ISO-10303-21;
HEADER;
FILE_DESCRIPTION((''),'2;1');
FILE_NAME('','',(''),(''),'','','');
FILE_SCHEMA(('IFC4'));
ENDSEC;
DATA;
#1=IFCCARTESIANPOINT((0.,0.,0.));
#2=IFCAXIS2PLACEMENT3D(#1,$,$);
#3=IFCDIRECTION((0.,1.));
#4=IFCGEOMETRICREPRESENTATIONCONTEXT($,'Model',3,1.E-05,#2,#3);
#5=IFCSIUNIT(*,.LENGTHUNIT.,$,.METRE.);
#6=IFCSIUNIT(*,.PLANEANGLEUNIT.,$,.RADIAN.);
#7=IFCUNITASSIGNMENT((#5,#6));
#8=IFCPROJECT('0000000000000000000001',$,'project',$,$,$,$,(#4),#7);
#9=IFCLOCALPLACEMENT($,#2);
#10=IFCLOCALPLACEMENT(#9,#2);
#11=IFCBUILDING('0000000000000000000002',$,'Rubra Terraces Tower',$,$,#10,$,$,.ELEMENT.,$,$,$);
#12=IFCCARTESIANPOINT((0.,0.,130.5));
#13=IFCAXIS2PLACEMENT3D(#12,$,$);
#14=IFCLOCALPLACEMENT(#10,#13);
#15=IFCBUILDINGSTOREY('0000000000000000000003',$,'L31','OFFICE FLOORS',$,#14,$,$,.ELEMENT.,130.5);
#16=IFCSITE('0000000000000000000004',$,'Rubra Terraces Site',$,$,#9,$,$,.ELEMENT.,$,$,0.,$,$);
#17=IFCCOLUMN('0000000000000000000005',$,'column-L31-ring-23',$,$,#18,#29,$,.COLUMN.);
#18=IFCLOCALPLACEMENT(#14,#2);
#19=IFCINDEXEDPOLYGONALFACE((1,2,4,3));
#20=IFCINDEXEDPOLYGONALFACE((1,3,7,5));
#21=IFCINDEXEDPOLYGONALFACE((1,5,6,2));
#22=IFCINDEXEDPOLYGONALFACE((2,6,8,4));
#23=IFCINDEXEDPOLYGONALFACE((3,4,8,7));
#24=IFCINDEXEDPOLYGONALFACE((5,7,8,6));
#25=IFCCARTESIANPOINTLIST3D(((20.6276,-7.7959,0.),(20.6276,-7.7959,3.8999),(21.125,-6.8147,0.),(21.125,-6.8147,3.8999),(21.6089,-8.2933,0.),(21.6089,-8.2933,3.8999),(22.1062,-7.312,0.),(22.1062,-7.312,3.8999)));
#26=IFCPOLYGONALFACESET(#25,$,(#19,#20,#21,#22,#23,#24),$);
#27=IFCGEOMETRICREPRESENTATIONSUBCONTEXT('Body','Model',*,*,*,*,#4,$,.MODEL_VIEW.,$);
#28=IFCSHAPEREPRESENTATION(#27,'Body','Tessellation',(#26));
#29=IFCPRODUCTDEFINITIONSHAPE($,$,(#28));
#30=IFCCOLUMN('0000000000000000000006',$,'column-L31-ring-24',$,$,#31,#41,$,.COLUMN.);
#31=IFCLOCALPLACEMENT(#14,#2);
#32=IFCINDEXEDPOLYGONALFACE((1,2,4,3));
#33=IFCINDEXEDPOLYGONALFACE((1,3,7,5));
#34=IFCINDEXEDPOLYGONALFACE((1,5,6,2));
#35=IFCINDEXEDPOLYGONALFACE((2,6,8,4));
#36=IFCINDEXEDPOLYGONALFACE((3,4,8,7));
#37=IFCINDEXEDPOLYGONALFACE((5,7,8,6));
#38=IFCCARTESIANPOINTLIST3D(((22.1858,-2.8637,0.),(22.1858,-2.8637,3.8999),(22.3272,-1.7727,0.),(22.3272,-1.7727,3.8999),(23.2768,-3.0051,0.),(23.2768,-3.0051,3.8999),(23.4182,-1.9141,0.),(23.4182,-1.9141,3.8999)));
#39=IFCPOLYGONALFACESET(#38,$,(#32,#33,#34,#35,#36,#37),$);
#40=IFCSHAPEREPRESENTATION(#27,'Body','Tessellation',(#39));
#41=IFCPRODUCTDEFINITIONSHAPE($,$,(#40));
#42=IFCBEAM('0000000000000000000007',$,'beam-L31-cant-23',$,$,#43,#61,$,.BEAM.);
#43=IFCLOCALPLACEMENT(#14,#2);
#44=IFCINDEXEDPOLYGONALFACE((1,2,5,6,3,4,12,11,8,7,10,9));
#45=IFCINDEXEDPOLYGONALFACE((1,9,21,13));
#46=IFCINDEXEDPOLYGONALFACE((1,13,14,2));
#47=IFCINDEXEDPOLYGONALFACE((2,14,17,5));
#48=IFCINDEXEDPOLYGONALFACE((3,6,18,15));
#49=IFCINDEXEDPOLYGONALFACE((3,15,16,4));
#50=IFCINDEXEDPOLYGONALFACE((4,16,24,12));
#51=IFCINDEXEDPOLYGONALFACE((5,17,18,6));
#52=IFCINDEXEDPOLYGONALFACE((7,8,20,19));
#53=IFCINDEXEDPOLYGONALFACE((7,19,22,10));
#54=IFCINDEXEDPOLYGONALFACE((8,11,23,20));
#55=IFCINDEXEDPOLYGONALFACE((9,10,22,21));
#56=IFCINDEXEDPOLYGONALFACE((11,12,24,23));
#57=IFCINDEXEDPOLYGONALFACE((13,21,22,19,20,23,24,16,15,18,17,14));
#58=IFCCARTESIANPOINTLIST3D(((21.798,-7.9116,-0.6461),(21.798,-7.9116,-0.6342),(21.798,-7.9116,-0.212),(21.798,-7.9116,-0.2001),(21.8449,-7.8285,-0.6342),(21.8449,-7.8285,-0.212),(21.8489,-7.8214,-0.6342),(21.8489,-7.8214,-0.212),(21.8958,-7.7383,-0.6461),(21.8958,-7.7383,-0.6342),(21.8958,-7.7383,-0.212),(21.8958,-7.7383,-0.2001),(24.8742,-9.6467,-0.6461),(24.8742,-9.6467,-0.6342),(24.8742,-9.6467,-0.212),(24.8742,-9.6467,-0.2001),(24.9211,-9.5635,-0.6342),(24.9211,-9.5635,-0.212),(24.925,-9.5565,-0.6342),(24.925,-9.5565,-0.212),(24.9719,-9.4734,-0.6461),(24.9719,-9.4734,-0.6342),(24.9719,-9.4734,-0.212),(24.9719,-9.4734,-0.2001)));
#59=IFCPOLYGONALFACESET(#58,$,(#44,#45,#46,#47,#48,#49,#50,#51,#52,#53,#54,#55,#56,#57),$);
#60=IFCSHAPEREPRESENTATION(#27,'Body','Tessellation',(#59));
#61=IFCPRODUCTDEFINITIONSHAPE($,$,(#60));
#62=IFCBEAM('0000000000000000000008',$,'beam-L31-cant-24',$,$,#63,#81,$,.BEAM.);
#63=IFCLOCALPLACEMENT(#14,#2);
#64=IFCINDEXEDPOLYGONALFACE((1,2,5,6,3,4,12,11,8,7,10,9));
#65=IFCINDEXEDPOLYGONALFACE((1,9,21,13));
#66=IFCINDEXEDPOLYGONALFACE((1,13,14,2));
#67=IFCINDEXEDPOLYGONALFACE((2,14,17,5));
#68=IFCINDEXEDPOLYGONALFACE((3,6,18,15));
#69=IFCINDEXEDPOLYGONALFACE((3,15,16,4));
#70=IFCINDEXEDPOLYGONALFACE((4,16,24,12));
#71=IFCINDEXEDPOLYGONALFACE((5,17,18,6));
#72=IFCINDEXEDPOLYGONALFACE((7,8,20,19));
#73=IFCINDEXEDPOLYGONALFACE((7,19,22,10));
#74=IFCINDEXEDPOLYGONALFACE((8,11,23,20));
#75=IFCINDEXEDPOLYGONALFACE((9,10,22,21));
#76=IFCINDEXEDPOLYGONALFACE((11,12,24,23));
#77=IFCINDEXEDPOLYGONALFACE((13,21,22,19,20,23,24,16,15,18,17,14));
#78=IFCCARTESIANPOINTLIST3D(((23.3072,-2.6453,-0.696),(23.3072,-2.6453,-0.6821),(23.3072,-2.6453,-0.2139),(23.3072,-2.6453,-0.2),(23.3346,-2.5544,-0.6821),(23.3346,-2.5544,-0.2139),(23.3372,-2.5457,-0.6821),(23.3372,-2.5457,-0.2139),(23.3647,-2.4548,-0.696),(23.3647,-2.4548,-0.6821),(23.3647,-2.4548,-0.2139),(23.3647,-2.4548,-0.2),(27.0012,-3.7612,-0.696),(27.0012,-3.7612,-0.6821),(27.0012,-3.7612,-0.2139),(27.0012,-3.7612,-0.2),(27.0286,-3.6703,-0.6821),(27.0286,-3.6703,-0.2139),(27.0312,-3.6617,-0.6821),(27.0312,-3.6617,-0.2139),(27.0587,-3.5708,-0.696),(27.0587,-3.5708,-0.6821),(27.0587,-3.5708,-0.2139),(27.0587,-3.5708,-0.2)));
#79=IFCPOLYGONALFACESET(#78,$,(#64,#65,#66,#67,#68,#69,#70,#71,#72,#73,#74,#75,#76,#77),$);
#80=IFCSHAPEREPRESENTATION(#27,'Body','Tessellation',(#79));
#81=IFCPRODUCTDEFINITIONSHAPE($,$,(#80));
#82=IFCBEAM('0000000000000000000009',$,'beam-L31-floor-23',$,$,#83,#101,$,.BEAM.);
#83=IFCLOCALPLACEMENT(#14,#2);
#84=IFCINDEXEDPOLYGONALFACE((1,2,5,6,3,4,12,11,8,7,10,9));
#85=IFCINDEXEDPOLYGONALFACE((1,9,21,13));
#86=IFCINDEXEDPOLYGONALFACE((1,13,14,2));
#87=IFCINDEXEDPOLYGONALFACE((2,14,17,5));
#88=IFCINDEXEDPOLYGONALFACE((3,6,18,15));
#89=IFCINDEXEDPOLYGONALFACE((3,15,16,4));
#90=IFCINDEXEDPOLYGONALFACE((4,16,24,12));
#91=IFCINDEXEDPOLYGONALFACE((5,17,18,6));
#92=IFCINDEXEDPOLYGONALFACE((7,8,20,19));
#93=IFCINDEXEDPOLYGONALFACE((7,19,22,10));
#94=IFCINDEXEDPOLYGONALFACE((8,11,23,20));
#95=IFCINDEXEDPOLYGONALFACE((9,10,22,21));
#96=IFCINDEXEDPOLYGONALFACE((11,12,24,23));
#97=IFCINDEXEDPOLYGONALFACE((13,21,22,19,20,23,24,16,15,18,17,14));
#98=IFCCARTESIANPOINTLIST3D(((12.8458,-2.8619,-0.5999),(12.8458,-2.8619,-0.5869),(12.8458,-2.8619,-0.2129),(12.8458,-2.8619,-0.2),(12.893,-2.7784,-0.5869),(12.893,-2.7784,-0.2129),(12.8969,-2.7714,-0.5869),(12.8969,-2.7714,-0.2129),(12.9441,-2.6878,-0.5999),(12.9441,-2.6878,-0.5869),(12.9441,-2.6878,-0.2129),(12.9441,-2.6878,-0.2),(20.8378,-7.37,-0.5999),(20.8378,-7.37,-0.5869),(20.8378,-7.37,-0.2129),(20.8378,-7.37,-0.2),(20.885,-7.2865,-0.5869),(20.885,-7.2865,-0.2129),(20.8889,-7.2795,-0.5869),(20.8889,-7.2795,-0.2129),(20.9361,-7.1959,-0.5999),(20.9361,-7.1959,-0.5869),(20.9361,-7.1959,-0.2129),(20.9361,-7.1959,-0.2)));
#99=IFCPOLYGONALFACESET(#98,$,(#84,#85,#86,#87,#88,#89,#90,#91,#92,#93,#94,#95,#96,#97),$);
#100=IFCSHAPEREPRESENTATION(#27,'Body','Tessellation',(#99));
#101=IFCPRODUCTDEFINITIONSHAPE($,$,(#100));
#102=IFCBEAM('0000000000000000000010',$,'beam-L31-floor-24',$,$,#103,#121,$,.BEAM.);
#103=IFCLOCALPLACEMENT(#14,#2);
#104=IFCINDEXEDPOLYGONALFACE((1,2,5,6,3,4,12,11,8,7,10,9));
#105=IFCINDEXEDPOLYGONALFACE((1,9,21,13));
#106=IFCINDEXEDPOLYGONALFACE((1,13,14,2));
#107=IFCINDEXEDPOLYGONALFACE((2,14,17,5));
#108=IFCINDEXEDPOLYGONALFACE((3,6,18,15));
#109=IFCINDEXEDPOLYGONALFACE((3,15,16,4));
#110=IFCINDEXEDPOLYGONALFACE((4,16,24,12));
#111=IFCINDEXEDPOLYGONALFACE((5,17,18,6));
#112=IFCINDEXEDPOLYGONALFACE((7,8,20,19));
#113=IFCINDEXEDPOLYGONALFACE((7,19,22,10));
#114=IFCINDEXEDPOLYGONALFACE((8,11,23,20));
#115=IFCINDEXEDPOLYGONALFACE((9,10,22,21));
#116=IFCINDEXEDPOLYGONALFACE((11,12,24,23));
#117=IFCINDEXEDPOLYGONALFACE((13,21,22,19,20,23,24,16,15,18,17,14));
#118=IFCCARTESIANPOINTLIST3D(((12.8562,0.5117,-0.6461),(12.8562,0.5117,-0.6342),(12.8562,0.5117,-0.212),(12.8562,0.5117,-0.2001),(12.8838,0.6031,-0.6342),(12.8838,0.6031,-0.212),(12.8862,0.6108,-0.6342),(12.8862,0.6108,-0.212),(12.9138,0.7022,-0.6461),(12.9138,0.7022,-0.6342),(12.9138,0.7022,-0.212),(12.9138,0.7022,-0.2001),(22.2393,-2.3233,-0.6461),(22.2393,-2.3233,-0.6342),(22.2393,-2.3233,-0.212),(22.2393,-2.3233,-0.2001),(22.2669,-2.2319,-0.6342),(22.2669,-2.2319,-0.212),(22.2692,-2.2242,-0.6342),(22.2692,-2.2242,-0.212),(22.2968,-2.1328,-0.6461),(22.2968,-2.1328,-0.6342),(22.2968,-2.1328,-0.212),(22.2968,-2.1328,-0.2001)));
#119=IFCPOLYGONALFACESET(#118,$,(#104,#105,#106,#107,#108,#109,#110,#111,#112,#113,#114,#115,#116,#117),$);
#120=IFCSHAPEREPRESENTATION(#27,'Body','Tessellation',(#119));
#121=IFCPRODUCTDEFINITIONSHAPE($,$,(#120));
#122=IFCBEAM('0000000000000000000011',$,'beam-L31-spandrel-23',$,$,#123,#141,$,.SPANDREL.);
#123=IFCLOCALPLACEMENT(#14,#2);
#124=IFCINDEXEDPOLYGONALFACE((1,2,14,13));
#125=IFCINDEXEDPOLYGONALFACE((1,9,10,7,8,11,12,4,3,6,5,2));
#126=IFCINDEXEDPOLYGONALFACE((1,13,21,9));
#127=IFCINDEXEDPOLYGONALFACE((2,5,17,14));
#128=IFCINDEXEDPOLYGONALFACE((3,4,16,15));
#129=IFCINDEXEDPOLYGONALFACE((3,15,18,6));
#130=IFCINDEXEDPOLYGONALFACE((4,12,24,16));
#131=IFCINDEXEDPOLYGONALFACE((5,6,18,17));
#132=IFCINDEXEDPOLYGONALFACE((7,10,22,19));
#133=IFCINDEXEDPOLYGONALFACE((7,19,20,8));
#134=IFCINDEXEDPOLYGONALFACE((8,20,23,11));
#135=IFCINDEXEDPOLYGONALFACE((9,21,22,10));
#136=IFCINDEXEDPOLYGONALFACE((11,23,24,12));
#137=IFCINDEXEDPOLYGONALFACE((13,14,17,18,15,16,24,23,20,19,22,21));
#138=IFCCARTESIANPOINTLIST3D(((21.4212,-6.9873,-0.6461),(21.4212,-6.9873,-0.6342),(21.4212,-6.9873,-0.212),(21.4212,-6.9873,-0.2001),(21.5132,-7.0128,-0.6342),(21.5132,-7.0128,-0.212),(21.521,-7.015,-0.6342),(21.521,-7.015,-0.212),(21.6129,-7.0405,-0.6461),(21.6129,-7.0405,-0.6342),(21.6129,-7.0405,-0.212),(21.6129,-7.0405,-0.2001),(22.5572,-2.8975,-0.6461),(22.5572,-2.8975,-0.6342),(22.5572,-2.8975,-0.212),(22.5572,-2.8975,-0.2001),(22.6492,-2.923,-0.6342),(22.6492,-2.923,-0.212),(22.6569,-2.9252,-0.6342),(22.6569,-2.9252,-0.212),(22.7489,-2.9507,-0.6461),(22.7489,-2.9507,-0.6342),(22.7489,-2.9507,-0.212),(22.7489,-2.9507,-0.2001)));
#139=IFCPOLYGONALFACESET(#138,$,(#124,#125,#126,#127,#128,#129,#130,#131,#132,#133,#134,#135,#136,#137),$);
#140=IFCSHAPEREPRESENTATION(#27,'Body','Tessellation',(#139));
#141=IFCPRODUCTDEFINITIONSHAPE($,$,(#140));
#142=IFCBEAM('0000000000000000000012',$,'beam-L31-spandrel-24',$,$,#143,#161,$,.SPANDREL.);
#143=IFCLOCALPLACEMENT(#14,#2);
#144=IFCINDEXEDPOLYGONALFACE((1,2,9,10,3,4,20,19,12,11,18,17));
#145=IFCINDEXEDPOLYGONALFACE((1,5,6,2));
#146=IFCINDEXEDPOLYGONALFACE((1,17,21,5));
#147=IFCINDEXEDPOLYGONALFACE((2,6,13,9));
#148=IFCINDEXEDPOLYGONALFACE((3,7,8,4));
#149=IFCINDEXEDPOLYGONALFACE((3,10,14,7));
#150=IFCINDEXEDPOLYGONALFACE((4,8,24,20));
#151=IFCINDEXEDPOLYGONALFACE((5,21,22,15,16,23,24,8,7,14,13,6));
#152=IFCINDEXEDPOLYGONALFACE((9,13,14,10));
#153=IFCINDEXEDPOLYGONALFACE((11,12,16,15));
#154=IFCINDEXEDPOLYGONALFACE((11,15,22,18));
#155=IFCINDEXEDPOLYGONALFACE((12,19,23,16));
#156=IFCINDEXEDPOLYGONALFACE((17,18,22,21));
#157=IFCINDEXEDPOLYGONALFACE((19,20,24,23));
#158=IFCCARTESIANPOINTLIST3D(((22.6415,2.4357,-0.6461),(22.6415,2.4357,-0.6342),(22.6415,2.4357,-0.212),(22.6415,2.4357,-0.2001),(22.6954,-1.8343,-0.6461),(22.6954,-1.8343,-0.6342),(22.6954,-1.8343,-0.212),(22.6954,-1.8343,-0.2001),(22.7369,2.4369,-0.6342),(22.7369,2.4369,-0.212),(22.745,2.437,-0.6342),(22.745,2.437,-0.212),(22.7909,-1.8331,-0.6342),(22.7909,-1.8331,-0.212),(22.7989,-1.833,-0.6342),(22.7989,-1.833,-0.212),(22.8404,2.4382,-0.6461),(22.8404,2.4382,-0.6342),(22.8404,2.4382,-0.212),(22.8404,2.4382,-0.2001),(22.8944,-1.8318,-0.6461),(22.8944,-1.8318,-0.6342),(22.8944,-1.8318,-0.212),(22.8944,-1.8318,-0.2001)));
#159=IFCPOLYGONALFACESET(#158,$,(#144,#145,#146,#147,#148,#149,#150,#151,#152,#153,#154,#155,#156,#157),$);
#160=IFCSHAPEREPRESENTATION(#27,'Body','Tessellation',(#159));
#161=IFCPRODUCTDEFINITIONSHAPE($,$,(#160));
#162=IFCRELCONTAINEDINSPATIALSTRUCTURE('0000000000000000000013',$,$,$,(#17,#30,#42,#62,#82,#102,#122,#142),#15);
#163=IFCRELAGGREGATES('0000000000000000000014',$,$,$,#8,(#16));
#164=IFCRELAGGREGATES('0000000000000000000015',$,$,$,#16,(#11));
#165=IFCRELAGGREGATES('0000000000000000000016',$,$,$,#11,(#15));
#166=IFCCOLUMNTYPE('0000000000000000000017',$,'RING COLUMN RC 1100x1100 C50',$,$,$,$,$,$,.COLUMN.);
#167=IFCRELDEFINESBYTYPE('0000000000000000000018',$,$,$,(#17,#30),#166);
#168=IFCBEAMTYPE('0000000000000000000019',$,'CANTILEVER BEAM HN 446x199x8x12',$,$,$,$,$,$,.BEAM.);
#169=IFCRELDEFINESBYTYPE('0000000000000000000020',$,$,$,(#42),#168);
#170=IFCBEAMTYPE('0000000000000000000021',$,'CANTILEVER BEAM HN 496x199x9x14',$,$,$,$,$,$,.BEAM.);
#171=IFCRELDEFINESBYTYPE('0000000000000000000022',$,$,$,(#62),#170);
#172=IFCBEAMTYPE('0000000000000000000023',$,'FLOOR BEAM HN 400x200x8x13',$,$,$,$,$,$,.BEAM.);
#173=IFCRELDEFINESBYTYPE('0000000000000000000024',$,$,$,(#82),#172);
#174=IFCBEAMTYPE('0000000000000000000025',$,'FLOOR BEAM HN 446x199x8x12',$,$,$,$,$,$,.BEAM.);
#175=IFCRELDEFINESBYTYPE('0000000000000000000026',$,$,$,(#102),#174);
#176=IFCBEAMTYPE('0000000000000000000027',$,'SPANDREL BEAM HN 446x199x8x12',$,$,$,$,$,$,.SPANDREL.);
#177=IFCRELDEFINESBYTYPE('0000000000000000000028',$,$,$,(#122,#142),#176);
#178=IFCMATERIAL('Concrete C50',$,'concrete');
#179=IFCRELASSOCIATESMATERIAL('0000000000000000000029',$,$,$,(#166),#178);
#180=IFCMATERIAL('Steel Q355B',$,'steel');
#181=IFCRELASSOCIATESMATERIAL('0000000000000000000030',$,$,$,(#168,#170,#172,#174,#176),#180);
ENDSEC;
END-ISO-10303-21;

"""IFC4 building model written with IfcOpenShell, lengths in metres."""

from ifc_helpers import new_model, si_unit, direction, frame, origin, origin_2d, place, context, subcontext, project, spatial, rectangle, i_section, extrude, material, material_profile, profile_set, type_object, element, save


model = new_model("IFC4")

# Units and contexts
model_context = context("Model", 3, precision=1e-05, world=origin(), true_north=direction((0.0, 1.0)))
body_context = subcontext(model_context, "Body", "Model", "MODEL_VIEW")
ifc_project = project(units=[si_unit("LENGTHUNIT", "METRE"), si_unit("PLANEANGLEUNIT", "RADIAN")], contexts=[model_context])

# Site, building, storey
site_placement = place(None, origin())
site = spatial("IfcSite", under=ifc_project, at=site_placement, Name="Rubra Terraces Site", CompositionType="ELEMENT", RefElevation=0.0)
building_placement = place(site_placement, origin())
building = spatial("IfcBuilding", under=site, at=building_placement, Name="Rubra Terraces Tower", CompositionType="ELEMENT")
storey_placement = place(building_placement, frame((0.0, 0.0, 130.5)))
storey = spatial("IfcBuildingStorey", under=building, at=storey_placement, Name="L31", Description="OFFICE FLOORS", CompositionType="ELEMENT", Elevation=130.5)

# Columns
ifc_material_1 = material(Name="Concrete C50", Category="concrete")
ifc_material_profile_1 = material_profile(ifc_material_1, rectangle(XDim=1.1001, YDim=1.1001, at=origin_2d()), Name="RC 1100x1100")
ifc_profile_set_1 = profile_set([ifc_material_profile_1], Name="Concrete C50")
column_type = type_object("IfcColumnType", Name="RING COLUMN RC 1100x1100 C50", PredefinedType="COLUMN", material=ifc_profile_set_1)
for number, where, z_axis, x_axis, name in (
    (1, (21.3669, -7.554, 0.0), (0.0, 0.0, 1.0), (0.452079, 0.891978, 0.0), "column-L31-ring-23"),
    (2, (22.802, -2.3889, 0.0), (0.0, 0.0, 1.0), (0.128535, 0.991705, 0.0), "column-L31-ring-24"),
):
    element("IfcColumn", number, at=place(storey_placement, frame(where, z_axis=z_axis, x_axis=x_axis)), inside=storey, type_object=column_type, Name=name, PredefinedType="COLUMN", context=body_context, shape_type="SweptSolid", body=[
        extrude(rectangle(XDim=1.1001, YDim=1.1001, at=origin_2d()), origin(), (0.0, 0.0, 1.0), 3.8999),
    ])

# Beams
ifc_material_2 = material(Name="Steel Q355B", Category="steel")
ifc_material_profile_2 = material_profile(ifc_material_2, i_section(OverallWidth=0.199, OverallDepth=0.446, WebThickness=0.0081, FlangeThickness=0.012, at=origin_2d()), Name="HN 446x199x8x12")
ifc_profile_set_2 = profile_set([ifc_material_profile_2], Name="Steel Q355B")
beam_type_1 = type_object("IfcBeamType", Name="CANTILEVER BEAM HN 446x199x8x12", PredefinedType="BEAM", material=ifc_profile_set_2)
beam_1_placement = place(storey_placement, frame((21.8469, -7.825, -0.4231), z_axis=(0.870999, -0.491285, 0.0), x_axis=(0.491285, 0.870999, 0.0)))
element("IfcBeam", 3, at=beam_1_placement, inside=storey, type_object=beam_type_1, Name="beam-L31-cant-23", PredefinedType="BEAM", context=body_context, shape_type="SweptSolid", body=[
    extrude(i_section(OverallWidth=0.199, OverallDepth=0.446, WebThickness=0.0081, FlangeThickness=0.012, at=origin_2d()), origin(), (0.0, 0.0, 1.0), 3.5317),
])
ifc_material_profile_3 = material_profile(ifc_material_2, i_section(OverallWidth=0.199, OverallDepth=0.4961, WebThickness=0.009, FlangeThickness=0.0139, at=origin_2d()), Name="HN 496x199x9x14")
ifc_profile_set_3 = profile_set([ifc_material_profile_3], Name="Steel Q355B")
beam_type_2 = type_object("IfcBeamType", Name="CANTILEVER BEAM HN 496x199x9x14", PredefinedType="BEAM", material=ifc_profile_set_3)
beam_2_placement = place(storey_placement, frame((23.3359, -2.55, -0.448), z_axis=(0.957273, -0.289187, 0.0), x_axis=(0.289187, 0.957273, 0.0)))
element("IfcBeam", 4, at=beam_2_placement, inside=storey, type_object=beam_type_2, Name="beam-L31-cant-24", PredefinedType="BEAM", context=body_context, shape_type="SweptSolid", body=[
    extrude(i_section(OverallWidth=0.199, OverallDepth=0.4961, WebThickness=0.009, FlangeThickness=0.0139, at=origin_2d()), origin(), (0.0, 0.0, 1.0), 3.8589),
])
ifc_material_profile_4 = material_profile(ifc_material_2, i_section(OverallWidth=0.2, OverallDepth=0.3999, WebThickness=0.0081, FlangeThickness=0.0129, at=origin_2d()), Name="HN 400x200x8x13")
ifc_profile_set_4 = profile_set([ifc_material_profile_4], Name="Steel Q355B")
beam_type_3 = type_object("IfcBeamType", Name="FLOOR BEAM HN 400x200x8x13", PredefinedType="BEAM", material=ifc_profile_set_4)
beam_3_placement = place(storey_placement, frame((20.887, -7.283, -0.3999), z_axis=(-0.870989, 0.491303, 0.0), x_axis=(-0.491303, -0.870989, 0.0)))
element("IfcBeam", 5, at=beam_3_placement, inside=storey, type_object=beam_type_3, Name="beam-L31-floor-23", PredefinedType="BEAM", context=body_context, shape_type="SweptSolid", body=[
    extrude(i_section(OverallWidth=0.2, OverallDepth=0.3999, WebThickness=0.0081, FlangeThickness=0.0129, at=origin_2d()), origin(), (0.0, 0.0, 1.0), 9.1758),
])
ifc_material_profile_5 = material_profile(ifc_material_2, i_section(OverallWidth=0.199, OverallDepth=0.446, WebThickness=0.0081, FlangeThickness=0.012, at=origin_2d()), Name="HN 446x199x8x12")
ifc_profile_set_5 = profile_set([ifc_material_profile_5], Name="Steel Q355B")
beam_type_4 = type_object("IfcBeamType", Name="FLOOR BEAM HN 446x199x8x12", PredefinedType="BEAM", material=ifc_profile_set_5)
beam_4_placement = place(storey_placement, frame((22.2681, -2.228, -0.4231), z_axis=(-0.957262, 0.289223, 0.0), x_axis=(-0.289223, -0.957262, 0.0)))
element("IfcBeam", 6, at=beam_4_placement, inside=storey, type_object=beam_type_4, Name="beam-L31-floor-24", PredefinedType="BEAM", context=body_context, shape_type="SweptSolid", body=[
    extrude(i_section(OverallWidth=0.199, OverallDepth=0.446, WebThickness=0.0081, FlangeThickness=0.012, at=origin_2d()), origin(), (0.0, 0.0, 1.0), 9.802),
])
ifc_material_profile_6 = material_profile(ifc_material_2, i_section(OverallWidth=0.199, OverallDepth=0.446, WebThickness=0.0081, FlangeThickness=0.012, at=origin_2d()), Name="HN 446x199x8x12")
ifc_profile_set_6 = profile_set([ifc_material_profile_6], Name="Steel Q355B")
beam_type_5 = type_object("IfcBeamType", Name="SPANDREL BEAM HN 446x199x8x12", PredefinedType="SPANDREL", material=ifc_profile_set_6)
beam_5_placement = place(storey_placement, frame((21.5171, -7.0139, -0.4231), z_axis=(0.267626, 0.963523, 0.0), x_axis=(-0.963523, 0.267626, 0.0)))
element("IfcBeam", 7, at=beam_5_placement, inside=storey, type_object=beam_type_5, Name="beam-L31-spandrel-23", PredefinedType="SPANDREL", context=body_context, shape_type="SweptSolid", body=[
    extrude(i_section(OverallWidth=0.199, OverallDepth=0.446, WebThickness=0.0081, FlangeThickness=0.012, at=origin_2d()), origin(), (0.0, 0.0, 1.0), 4.2446),
])
beam_6_placement = place(storey_placement, frame((22.7949, -1.833, -0.4231), z_axis=(-0.012635, 0.99992, 0.0), x_axis=(-0.99992, -0.012635, 0.0)))
element("IfcBeam", 8, at=beam_6_placement, inside=storey, type_object=beam_type_5, Name="beam-L31-spandrel-24", PredefinedType="SPANDREL", context=body_context, shape_type="SweptSolid", body=[
    extrude(i_section(OverallWidth=0.199, OverallDepth=0.446, WebThickness=0.0081, FlangeThickness=0.012, at=origin_2d()), origin(), (0.0, 0.0, 1.0), 4.2703),
])

save(model, "model.ifc")
